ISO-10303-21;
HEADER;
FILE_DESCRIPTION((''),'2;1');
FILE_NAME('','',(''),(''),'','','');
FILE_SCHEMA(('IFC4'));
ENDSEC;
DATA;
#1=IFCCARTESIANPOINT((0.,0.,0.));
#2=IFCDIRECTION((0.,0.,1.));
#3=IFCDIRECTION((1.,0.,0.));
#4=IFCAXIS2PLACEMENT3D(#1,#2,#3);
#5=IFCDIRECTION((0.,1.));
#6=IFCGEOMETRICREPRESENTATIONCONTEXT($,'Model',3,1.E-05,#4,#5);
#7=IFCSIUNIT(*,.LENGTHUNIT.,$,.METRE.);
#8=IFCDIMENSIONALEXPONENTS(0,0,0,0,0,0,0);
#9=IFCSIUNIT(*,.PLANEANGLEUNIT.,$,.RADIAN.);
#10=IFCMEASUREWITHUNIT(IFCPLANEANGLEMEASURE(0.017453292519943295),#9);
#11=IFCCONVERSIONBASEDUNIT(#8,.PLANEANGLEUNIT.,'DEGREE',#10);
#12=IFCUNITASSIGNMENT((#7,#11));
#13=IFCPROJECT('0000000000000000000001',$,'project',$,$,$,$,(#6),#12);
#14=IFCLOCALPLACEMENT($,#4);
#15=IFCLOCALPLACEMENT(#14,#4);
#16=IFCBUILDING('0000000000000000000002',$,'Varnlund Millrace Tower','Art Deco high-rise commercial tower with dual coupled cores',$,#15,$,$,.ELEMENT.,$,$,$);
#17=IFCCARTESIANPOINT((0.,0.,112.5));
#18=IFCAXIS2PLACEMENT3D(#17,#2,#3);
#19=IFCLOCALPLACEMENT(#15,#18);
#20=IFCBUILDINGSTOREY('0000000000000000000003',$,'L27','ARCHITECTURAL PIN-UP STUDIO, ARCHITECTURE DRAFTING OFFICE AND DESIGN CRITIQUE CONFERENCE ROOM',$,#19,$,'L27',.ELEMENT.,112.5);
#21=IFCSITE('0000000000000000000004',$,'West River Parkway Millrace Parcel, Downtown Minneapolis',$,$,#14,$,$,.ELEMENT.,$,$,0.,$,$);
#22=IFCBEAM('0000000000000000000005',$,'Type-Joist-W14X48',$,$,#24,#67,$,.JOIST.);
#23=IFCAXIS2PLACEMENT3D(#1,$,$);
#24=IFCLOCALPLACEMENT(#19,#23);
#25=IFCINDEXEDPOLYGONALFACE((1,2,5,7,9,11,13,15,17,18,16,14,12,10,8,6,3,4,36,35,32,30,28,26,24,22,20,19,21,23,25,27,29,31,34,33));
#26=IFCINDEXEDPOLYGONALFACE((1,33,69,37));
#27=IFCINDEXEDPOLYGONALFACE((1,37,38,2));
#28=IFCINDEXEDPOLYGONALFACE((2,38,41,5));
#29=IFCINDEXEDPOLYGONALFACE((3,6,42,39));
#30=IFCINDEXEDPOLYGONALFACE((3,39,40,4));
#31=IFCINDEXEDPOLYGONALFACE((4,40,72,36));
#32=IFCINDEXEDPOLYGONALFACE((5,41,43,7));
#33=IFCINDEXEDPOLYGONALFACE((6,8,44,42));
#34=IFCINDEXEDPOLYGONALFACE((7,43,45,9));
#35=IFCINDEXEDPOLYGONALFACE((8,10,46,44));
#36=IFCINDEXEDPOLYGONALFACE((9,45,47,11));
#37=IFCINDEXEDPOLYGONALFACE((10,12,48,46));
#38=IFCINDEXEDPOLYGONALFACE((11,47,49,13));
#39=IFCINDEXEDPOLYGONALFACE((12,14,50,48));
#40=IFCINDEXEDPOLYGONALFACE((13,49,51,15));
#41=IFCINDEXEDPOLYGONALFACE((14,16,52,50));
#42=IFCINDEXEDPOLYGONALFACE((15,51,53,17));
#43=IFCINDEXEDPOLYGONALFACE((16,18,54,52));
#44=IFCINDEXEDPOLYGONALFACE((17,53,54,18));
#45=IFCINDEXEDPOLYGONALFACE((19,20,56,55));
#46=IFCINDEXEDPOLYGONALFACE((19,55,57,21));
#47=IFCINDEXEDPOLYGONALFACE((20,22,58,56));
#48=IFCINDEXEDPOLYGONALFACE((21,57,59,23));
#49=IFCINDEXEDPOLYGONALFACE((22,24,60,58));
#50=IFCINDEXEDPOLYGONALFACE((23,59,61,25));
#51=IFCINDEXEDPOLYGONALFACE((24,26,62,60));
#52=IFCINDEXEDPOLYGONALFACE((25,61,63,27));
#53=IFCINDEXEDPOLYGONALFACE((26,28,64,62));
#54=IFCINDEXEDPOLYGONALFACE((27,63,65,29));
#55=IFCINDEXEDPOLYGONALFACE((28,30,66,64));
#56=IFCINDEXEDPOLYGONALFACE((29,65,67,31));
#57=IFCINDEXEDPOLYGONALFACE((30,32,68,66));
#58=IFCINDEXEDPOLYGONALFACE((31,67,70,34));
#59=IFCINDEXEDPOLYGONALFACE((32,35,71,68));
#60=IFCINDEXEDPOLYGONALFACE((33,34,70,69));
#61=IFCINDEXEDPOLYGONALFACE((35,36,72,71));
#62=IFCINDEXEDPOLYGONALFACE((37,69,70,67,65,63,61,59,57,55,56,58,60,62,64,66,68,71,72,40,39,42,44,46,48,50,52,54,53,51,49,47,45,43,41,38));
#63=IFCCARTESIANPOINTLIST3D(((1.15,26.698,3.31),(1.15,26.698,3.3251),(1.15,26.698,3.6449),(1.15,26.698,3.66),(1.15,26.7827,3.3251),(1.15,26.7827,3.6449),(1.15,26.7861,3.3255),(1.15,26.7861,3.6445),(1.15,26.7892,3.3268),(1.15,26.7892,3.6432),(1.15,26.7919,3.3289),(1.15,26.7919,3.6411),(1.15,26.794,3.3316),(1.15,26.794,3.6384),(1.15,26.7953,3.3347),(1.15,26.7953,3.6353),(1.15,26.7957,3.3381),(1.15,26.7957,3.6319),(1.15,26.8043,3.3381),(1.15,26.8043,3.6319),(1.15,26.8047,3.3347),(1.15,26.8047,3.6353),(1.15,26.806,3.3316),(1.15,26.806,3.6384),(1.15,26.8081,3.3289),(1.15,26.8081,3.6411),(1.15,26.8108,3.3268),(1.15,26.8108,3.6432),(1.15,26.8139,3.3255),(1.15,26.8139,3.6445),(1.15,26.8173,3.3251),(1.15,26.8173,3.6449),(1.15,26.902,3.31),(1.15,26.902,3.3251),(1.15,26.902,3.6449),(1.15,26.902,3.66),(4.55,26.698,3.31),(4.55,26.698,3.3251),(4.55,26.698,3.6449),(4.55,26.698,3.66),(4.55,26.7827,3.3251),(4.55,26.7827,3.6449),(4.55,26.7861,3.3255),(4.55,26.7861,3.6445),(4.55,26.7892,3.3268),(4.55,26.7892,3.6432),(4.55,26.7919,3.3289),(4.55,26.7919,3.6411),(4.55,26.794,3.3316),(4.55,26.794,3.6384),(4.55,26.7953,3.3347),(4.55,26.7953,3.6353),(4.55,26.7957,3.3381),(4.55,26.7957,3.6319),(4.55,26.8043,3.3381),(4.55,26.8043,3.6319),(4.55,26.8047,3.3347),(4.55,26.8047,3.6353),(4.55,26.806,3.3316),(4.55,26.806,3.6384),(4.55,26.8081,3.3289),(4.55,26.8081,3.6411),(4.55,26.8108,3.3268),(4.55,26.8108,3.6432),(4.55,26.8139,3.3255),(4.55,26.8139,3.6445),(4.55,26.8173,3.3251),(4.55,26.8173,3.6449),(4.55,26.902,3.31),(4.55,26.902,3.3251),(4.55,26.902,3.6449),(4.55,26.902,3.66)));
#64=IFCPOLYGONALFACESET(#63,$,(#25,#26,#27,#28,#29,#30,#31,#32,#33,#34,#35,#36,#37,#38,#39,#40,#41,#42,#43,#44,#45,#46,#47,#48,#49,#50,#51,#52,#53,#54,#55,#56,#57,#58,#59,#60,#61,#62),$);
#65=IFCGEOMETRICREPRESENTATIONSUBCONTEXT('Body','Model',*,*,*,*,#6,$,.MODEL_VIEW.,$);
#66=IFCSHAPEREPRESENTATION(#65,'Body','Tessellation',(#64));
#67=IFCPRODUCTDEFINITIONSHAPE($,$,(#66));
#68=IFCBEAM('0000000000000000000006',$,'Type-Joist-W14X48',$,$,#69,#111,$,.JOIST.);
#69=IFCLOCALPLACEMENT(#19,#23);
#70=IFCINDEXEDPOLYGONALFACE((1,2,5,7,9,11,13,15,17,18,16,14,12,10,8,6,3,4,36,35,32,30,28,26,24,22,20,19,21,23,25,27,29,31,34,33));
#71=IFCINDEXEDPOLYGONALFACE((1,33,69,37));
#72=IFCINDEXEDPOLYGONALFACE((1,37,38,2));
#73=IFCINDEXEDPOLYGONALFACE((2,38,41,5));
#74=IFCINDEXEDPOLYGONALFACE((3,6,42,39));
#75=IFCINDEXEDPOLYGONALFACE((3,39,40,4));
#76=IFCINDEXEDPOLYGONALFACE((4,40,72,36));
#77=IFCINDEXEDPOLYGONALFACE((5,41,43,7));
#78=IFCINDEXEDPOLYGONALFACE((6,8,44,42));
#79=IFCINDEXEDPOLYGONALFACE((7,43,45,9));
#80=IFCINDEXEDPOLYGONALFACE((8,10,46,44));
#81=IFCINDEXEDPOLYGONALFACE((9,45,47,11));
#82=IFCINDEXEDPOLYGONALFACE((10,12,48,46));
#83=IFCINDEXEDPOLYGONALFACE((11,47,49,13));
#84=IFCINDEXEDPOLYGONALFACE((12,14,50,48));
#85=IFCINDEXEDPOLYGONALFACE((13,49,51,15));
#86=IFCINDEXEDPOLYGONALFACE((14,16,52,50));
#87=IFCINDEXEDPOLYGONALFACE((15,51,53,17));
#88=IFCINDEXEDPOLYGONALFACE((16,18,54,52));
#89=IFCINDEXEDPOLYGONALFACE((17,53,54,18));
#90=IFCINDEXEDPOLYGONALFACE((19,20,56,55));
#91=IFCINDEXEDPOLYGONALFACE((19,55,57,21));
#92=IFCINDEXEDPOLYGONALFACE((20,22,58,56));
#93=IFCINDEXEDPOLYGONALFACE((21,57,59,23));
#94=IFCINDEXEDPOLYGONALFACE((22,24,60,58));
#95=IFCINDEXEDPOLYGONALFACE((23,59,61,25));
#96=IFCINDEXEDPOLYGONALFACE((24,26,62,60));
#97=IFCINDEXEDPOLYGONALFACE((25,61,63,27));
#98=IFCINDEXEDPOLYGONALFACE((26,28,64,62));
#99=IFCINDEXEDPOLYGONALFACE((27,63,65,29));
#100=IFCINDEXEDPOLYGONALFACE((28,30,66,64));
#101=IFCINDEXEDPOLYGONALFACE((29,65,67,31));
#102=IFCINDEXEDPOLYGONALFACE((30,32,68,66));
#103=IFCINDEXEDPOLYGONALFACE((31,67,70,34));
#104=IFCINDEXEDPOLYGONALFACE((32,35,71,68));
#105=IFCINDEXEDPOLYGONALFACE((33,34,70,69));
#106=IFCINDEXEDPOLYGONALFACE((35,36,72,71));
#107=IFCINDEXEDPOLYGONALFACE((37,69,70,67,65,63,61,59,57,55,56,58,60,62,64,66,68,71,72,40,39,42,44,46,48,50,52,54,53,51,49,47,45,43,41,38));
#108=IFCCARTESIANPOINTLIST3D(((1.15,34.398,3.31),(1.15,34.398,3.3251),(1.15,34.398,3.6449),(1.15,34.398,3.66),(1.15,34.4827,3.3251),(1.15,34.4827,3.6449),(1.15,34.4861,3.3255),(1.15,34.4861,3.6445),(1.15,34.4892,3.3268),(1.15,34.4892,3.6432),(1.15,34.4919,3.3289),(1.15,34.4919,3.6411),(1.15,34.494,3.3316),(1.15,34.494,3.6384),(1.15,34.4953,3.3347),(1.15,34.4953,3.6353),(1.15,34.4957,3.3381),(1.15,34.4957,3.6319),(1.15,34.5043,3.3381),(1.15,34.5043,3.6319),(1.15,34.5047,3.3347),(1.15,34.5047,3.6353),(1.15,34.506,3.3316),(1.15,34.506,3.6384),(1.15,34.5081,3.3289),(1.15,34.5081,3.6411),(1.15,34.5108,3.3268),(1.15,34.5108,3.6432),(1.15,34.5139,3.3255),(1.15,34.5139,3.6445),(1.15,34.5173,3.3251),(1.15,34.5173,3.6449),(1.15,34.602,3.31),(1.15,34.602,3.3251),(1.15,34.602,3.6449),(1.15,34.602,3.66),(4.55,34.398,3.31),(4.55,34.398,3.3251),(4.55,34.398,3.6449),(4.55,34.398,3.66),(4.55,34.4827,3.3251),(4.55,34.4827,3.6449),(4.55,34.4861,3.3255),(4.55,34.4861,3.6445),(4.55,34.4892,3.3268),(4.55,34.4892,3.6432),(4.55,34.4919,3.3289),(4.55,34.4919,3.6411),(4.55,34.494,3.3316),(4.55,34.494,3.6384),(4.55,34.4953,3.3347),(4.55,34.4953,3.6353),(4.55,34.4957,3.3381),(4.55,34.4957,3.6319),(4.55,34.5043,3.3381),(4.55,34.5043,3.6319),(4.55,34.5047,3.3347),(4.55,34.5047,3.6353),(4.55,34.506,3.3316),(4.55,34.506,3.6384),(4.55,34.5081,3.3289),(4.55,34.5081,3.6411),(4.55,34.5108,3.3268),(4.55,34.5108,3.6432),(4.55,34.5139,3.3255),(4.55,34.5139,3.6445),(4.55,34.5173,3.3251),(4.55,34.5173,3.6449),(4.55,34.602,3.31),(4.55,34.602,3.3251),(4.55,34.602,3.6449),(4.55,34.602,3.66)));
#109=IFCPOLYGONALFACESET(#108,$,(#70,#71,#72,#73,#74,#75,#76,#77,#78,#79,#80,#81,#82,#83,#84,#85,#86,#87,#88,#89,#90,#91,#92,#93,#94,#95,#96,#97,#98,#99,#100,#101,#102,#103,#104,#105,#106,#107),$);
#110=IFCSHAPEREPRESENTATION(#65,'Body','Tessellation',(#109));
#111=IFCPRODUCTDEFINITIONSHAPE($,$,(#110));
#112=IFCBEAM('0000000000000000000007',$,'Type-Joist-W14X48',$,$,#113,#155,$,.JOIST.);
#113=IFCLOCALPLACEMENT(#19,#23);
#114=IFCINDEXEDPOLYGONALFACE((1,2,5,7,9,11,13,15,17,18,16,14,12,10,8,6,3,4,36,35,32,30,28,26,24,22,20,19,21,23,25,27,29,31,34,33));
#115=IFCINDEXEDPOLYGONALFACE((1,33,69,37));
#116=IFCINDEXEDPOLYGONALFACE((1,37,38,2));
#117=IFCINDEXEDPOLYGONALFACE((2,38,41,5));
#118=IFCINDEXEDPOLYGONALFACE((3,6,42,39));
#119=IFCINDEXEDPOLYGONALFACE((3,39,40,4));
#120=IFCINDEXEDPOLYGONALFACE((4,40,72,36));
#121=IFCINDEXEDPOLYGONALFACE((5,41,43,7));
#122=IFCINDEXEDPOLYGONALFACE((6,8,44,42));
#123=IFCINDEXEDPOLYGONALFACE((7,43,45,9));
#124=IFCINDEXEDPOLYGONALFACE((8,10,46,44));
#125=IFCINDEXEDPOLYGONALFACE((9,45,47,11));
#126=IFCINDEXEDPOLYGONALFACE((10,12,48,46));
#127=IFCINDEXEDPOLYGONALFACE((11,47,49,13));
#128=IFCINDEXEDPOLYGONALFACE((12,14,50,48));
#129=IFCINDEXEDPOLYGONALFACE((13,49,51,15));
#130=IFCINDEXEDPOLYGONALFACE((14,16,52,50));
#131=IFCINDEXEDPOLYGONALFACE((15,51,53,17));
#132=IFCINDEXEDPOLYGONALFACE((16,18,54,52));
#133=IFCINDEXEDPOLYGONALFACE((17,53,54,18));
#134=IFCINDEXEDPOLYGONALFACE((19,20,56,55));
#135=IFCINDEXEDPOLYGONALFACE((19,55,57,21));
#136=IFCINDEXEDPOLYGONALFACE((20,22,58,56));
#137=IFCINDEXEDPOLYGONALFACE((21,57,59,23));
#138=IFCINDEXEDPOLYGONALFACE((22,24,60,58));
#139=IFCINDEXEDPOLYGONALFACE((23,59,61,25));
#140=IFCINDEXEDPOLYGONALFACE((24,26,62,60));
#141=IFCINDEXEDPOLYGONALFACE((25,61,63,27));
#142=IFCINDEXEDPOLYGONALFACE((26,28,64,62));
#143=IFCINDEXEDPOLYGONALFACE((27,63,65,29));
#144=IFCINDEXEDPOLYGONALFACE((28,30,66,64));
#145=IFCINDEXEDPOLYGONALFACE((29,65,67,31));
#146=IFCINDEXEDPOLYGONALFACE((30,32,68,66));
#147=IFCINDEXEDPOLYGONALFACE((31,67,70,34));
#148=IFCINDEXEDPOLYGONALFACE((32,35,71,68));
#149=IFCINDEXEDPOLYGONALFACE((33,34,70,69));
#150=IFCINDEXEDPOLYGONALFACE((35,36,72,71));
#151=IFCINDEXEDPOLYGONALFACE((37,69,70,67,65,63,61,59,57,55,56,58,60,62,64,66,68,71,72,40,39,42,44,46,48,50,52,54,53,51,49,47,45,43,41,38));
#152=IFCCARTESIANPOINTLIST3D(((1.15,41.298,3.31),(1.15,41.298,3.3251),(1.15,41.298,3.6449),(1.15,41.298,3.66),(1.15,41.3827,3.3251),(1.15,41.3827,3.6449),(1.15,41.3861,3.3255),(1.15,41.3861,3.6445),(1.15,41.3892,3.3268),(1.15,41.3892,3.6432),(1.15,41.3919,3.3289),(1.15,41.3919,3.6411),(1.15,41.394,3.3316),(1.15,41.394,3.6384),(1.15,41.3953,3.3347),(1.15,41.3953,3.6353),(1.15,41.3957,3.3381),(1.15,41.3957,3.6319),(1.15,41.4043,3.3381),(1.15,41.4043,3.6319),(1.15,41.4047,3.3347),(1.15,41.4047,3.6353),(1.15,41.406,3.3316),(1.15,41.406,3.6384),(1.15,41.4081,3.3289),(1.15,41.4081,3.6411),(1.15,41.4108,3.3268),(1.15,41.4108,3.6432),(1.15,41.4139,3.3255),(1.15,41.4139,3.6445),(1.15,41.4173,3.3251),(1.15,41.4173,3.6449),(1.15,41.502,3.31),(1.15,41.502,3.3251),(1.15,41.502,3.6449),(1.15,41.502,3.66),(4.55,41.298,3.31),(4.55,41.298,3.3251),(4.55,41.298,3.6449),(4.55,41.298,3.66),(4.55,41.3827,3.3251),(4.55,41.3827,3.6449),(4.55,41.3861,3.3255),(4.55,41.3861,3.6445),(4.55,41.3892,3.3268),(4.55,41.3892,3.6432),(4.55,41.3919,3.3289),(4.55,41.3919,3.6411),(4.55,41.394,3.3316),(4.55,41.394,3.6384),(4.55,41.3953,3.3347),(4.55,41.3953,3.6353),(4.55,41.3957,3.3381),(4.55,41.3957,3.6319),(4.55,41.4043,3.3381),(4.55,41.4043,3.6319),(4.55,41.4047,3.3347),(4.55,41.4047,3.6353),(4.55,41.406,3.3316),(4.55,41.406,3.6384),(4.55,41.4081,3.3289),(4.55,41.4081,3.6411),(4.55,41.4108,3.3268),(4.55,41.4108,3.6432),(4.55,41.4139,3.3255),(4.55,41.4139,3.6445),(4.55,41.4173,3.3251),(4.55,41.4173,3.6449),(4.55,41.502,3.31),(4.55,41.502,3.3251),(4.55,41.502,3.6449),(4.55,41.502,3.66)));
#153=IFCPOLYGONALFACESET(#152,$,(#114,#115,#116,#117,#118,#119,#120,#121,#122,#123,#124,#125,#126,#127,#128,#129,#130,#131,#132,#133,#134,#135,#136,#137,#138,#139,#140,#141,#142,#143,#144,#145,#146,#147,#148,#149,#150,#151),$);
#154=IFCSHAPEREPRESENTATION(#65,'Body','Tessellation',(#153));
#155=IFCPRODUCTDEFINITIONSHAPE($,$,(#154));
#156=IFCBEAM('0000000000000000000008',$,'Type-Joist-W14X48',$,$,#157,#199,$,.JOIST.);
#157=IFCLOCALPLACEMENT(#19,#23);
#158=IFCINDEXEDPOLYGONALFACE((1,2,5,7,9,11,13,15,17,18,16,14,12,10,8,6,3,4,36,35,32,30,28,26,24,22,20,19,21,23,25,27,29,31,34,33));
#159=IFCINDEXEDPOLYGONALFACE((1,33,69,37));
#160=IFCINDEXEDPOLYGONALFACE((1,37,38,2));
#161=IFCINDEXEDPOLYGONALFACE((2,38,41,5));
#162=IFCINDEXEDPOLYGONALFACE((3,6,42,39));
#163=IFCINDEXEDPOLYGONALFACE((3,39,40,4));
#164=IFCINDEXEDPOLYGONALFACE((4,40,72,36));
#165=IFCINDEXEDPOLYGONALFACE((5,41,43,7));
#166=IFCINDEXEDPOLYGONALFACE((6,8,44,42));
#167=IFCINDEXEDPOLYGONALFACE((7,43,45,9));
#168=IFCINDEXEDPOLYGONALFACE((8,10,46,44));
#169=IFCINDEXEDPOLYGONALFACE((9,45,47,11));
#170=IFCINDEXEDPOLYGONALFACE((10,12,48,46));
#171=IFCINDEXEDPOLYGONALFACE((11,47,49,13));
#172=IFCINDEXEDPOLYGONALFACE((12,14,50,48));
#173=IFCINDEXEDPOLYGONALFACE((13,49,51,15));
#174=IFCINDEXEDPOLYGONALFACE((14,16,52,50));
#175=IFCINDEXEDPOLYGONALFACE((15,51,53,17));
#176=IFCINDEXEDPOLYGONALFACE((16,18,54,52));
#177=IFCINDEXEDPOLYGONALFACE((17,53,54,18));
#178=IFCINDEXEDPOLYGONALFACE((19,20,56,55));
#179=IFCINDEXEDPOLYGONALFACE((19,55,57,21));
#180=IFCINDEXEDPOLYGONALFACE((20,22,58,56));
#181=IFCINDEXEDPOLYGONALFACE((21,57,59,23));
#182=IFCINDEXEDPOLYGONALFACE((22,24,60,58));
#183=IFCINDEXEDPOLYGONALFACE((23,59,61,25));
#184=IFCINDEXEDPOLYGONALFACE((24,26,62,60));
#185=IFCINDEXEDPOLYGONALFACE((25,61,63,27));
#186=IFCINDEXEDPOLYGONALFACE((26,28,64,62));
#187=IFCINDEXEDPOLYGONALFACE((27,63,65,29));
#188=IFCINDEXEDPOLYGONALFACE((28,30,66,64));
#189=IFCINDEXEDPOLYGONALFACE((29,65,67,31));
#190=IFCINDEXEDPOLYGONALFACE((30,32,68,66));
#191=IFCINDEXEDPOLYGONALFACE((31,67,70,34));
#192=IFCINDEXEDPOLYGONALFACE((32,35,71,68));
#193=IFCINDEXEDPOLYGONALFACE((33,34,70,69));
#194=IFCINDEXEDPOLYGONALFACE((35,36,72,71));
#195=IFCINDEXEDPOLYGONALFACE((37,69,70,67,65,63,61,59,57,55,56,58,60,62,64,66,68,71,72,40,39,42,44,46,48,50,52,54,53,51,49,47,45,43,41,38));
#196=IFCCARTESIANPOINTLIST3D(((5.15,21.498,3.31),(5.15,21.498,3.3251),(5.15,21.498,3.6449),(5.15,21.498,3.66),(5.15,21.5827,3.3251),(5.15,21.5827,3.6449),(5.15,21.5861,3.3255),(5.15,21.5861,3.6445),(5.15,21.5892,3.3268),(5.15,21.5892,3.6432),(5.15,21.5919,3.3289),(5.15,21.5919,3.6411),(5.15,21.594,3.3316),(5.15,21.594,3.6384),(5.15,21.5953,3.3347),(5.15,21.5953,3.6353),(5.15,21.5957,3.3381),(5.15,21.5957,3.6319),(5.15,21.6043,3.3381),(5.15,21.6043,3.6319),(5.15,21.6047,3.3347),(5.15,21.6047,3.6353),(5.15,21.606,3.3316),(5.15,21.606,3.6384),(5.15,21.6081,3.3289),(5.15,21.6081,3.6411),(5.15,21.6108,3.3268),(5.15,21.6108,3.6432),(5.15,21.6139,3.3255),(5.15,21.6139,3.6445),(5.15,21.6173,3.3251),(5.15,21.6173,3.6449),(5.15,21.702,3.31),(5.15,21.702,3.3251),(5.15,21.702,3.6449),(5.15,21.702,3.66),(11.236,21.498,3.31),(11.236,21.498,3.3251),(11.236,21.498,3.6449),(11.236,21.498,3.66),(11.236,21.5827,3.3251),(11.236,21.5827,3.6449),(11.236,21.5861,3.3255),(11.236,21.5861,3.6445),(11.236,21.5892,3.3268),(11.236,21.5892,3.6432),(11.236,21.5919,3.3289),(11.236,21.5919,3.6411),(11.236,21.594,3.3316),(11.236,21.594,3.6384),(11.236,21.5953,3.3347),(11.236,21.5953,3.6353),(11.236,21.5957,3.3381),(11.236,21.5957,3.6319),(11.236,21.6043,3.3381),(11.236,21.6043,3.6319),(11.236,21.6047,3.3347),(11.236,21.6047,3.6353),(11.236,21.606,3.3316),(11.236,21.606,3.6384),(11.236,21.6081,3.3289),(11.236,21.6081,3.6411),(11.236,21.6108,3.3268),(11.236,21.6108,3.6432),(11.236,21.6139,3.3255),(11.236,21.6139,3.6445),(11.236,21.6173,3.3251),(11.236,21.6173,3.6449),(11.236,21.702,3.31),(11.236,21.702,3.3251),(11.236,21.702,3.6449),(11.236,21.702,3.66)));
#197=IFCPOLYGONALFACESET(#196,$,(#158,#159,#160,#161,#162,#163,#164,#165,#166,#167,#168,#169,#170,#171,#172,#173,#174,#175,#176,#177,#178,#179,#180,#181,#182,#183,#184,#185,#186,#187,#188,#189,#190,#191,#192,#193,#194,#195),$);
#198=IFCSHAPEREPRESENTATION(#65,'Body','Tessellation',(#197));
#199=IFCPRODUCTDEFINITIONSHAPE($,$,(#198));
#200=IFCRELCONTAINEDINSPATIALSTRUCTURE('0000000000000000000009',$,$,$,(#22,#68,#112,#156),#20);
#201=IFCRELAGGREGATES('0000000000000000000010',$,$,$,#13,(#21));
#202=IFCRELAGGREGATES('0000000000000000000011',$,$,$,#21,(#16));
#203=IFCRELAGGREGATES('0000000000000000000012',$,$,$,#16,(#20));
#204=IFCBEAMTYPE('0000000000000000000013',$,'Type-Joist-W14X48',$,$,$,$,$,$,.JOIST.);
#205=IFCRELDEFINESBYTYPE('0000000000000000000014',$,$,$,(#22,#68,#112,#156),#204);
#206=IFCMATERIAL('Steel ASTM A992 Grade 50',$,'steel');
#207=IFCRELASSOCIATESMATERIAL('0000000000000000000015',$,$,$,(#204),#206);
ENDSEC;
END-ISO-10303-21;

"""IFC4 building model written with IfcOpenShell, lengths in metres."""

from ifc_helpers import new_model, entity, si_unit, converted_unit, direction, frame, origin_with_axes, origin_2d_with_axis, place, context, subcontext, project, spatial, i_section, extrude, material, material_profile, profile_set, type_object, element, save


model = new_model("IFC4")

# Units and contexts
model_context = context("Model", 3, precision=1e-05, world=origin_with_axes(), true_north=direction((0.0, 1.0)))
body_context = subcontext(model_context, "Body", "Model", "MODEL_VIEW")
ifc_project = project(units=[si_unit("LENGTHUNIT", "METRE"), converted_unit("PLANEANGLEUNIT", "DEGREE", entity("IfcPlaneAngleMeasure", 0.017453292519943295), si_unit("PLANEANGLEUNIT", "RADIAN"), dimensions=[0, 0, 0, 0, 0, 0, 0])], contexts=[model_context])

# Site, building, storey
site_placement = place(None, origin_with_axes())
site = spatial("IfcSite", under=ifc_project, at=site_placement, Name="West River Parkway Millrace Parcel, Downtown Minneapolis", CompositionType="ELEMENT", RefElevation=0.0)
building_placement = place(site_placement, origin_with_axes())
building = spatial("IfcBuilding", under=site, at=building_placement, Name="Varnlund Millrace Tower", Description="Art Deco high-rise commercial tower with dual coupled cores", CompositionType="ELEMENT")
storey_placement = place(building_placement, frame((0.0, 0.0, 112.5), z_axis=(0.0, 0.0, 1.0), x_axis=(1.0, 0.0, 0.0)))
storey = spatial("IfcBuildingStorey", under=building, at=storey_placement, Name="L27", Description="ARCHITECTURAL PIN-UP STUDIO, ARCHITECTURE DRAFTING OFFICE AND DESIGN CRITIQUE CONFERENCE ROOM", LongName="L27", CompositionType="ELEMENT", Elevation=112.5)

# Beams
ifc_material_1 = material(Name="Steel ASTM A992 Grade 50", Category="steel")
ifc_material_profile_1 = material_profile(ifc_material_1, i_section(OverallWidth=0.204, OverallDepth=0.35, WebThickness=0.0086, FlangeThickness=0.0151, FilletRadius=0.013, at=origin_2d_with_axis()), Name="Steel ASTM A992 Grade 50")
ifc_profile_set_1 = profile_set([ifc_material_profile_1], Name="Steel ASTM A992 Grade 50")
beam_type_1 = type_object("IfcBeamType", Name="Type-Joist-W14X48", PredefinedType="JOIST", material=ifc_profile_set_1)
for number, where, z_axis, x_axis, name in (
    (1, (1.15, 26.8, 3.485), (1.0, 0.0, 0.0), (0.0, 1.0, 0.0), "Type-Joist-W14X48"),
    (2, (1.15, 34.5, 3.485), (1.0, 0.0, 0.0), (0.0, 1.0, 0.0), "Type-Joist-W14X48"),
    (3, (1.15, 41.4, 3.485), (1.0, 0.0, 0.0), (0.0, 1.0, 0.0), "Type-Joist-W14X48"),
):
    element("IfcBeam", number, at=place(storey_placement, frame(where, z_axis=z_axis, x_axis=x_axis)), inside=storey, type_object=beam_type_1, Name=name, PredefinedType="JOIST", context=body_context, shape_type="SweptSolid", body=[
        extrude(i_section(OverallWidth=0.204, OverallDepth=0.35, WebThickness=0.0086, FlangeThickness=0.0151, FilletRadius=0.013, at=origin_2d_with_axis()), origin_with_axes(), (0.0, 0.0, 1.0), 3.4),
    ])
for number, where, z_axis, x_axis, name in (
    (4, (5.15, 21.6, 3.485), (1.0, 0.0, 0.0), (0.0, 1.0, 0.0), "Type-Joist-W14X48"),
):
    element("IfcBeam", number, at=place(storey_placement, frame(where, z_axis=z_axis, x_axis=x_axis)), inside=storey, type_object=beam_type_1, Name=name, PredefinedType="JOIST", context=body_context, shape_type="SweptSolid", body=[
        extrude(i_section(OverallWidth=0.204, OverallDepth=0.35, WebThickness=0.0086, FlangeThickness=0.0151, FilletRadius=0.013, at=origin_2d_with_axis()), origin_with_axes(), (0.0, 0.0, 1.0), 6.086),
    ])

save(model, "model.ifc")
